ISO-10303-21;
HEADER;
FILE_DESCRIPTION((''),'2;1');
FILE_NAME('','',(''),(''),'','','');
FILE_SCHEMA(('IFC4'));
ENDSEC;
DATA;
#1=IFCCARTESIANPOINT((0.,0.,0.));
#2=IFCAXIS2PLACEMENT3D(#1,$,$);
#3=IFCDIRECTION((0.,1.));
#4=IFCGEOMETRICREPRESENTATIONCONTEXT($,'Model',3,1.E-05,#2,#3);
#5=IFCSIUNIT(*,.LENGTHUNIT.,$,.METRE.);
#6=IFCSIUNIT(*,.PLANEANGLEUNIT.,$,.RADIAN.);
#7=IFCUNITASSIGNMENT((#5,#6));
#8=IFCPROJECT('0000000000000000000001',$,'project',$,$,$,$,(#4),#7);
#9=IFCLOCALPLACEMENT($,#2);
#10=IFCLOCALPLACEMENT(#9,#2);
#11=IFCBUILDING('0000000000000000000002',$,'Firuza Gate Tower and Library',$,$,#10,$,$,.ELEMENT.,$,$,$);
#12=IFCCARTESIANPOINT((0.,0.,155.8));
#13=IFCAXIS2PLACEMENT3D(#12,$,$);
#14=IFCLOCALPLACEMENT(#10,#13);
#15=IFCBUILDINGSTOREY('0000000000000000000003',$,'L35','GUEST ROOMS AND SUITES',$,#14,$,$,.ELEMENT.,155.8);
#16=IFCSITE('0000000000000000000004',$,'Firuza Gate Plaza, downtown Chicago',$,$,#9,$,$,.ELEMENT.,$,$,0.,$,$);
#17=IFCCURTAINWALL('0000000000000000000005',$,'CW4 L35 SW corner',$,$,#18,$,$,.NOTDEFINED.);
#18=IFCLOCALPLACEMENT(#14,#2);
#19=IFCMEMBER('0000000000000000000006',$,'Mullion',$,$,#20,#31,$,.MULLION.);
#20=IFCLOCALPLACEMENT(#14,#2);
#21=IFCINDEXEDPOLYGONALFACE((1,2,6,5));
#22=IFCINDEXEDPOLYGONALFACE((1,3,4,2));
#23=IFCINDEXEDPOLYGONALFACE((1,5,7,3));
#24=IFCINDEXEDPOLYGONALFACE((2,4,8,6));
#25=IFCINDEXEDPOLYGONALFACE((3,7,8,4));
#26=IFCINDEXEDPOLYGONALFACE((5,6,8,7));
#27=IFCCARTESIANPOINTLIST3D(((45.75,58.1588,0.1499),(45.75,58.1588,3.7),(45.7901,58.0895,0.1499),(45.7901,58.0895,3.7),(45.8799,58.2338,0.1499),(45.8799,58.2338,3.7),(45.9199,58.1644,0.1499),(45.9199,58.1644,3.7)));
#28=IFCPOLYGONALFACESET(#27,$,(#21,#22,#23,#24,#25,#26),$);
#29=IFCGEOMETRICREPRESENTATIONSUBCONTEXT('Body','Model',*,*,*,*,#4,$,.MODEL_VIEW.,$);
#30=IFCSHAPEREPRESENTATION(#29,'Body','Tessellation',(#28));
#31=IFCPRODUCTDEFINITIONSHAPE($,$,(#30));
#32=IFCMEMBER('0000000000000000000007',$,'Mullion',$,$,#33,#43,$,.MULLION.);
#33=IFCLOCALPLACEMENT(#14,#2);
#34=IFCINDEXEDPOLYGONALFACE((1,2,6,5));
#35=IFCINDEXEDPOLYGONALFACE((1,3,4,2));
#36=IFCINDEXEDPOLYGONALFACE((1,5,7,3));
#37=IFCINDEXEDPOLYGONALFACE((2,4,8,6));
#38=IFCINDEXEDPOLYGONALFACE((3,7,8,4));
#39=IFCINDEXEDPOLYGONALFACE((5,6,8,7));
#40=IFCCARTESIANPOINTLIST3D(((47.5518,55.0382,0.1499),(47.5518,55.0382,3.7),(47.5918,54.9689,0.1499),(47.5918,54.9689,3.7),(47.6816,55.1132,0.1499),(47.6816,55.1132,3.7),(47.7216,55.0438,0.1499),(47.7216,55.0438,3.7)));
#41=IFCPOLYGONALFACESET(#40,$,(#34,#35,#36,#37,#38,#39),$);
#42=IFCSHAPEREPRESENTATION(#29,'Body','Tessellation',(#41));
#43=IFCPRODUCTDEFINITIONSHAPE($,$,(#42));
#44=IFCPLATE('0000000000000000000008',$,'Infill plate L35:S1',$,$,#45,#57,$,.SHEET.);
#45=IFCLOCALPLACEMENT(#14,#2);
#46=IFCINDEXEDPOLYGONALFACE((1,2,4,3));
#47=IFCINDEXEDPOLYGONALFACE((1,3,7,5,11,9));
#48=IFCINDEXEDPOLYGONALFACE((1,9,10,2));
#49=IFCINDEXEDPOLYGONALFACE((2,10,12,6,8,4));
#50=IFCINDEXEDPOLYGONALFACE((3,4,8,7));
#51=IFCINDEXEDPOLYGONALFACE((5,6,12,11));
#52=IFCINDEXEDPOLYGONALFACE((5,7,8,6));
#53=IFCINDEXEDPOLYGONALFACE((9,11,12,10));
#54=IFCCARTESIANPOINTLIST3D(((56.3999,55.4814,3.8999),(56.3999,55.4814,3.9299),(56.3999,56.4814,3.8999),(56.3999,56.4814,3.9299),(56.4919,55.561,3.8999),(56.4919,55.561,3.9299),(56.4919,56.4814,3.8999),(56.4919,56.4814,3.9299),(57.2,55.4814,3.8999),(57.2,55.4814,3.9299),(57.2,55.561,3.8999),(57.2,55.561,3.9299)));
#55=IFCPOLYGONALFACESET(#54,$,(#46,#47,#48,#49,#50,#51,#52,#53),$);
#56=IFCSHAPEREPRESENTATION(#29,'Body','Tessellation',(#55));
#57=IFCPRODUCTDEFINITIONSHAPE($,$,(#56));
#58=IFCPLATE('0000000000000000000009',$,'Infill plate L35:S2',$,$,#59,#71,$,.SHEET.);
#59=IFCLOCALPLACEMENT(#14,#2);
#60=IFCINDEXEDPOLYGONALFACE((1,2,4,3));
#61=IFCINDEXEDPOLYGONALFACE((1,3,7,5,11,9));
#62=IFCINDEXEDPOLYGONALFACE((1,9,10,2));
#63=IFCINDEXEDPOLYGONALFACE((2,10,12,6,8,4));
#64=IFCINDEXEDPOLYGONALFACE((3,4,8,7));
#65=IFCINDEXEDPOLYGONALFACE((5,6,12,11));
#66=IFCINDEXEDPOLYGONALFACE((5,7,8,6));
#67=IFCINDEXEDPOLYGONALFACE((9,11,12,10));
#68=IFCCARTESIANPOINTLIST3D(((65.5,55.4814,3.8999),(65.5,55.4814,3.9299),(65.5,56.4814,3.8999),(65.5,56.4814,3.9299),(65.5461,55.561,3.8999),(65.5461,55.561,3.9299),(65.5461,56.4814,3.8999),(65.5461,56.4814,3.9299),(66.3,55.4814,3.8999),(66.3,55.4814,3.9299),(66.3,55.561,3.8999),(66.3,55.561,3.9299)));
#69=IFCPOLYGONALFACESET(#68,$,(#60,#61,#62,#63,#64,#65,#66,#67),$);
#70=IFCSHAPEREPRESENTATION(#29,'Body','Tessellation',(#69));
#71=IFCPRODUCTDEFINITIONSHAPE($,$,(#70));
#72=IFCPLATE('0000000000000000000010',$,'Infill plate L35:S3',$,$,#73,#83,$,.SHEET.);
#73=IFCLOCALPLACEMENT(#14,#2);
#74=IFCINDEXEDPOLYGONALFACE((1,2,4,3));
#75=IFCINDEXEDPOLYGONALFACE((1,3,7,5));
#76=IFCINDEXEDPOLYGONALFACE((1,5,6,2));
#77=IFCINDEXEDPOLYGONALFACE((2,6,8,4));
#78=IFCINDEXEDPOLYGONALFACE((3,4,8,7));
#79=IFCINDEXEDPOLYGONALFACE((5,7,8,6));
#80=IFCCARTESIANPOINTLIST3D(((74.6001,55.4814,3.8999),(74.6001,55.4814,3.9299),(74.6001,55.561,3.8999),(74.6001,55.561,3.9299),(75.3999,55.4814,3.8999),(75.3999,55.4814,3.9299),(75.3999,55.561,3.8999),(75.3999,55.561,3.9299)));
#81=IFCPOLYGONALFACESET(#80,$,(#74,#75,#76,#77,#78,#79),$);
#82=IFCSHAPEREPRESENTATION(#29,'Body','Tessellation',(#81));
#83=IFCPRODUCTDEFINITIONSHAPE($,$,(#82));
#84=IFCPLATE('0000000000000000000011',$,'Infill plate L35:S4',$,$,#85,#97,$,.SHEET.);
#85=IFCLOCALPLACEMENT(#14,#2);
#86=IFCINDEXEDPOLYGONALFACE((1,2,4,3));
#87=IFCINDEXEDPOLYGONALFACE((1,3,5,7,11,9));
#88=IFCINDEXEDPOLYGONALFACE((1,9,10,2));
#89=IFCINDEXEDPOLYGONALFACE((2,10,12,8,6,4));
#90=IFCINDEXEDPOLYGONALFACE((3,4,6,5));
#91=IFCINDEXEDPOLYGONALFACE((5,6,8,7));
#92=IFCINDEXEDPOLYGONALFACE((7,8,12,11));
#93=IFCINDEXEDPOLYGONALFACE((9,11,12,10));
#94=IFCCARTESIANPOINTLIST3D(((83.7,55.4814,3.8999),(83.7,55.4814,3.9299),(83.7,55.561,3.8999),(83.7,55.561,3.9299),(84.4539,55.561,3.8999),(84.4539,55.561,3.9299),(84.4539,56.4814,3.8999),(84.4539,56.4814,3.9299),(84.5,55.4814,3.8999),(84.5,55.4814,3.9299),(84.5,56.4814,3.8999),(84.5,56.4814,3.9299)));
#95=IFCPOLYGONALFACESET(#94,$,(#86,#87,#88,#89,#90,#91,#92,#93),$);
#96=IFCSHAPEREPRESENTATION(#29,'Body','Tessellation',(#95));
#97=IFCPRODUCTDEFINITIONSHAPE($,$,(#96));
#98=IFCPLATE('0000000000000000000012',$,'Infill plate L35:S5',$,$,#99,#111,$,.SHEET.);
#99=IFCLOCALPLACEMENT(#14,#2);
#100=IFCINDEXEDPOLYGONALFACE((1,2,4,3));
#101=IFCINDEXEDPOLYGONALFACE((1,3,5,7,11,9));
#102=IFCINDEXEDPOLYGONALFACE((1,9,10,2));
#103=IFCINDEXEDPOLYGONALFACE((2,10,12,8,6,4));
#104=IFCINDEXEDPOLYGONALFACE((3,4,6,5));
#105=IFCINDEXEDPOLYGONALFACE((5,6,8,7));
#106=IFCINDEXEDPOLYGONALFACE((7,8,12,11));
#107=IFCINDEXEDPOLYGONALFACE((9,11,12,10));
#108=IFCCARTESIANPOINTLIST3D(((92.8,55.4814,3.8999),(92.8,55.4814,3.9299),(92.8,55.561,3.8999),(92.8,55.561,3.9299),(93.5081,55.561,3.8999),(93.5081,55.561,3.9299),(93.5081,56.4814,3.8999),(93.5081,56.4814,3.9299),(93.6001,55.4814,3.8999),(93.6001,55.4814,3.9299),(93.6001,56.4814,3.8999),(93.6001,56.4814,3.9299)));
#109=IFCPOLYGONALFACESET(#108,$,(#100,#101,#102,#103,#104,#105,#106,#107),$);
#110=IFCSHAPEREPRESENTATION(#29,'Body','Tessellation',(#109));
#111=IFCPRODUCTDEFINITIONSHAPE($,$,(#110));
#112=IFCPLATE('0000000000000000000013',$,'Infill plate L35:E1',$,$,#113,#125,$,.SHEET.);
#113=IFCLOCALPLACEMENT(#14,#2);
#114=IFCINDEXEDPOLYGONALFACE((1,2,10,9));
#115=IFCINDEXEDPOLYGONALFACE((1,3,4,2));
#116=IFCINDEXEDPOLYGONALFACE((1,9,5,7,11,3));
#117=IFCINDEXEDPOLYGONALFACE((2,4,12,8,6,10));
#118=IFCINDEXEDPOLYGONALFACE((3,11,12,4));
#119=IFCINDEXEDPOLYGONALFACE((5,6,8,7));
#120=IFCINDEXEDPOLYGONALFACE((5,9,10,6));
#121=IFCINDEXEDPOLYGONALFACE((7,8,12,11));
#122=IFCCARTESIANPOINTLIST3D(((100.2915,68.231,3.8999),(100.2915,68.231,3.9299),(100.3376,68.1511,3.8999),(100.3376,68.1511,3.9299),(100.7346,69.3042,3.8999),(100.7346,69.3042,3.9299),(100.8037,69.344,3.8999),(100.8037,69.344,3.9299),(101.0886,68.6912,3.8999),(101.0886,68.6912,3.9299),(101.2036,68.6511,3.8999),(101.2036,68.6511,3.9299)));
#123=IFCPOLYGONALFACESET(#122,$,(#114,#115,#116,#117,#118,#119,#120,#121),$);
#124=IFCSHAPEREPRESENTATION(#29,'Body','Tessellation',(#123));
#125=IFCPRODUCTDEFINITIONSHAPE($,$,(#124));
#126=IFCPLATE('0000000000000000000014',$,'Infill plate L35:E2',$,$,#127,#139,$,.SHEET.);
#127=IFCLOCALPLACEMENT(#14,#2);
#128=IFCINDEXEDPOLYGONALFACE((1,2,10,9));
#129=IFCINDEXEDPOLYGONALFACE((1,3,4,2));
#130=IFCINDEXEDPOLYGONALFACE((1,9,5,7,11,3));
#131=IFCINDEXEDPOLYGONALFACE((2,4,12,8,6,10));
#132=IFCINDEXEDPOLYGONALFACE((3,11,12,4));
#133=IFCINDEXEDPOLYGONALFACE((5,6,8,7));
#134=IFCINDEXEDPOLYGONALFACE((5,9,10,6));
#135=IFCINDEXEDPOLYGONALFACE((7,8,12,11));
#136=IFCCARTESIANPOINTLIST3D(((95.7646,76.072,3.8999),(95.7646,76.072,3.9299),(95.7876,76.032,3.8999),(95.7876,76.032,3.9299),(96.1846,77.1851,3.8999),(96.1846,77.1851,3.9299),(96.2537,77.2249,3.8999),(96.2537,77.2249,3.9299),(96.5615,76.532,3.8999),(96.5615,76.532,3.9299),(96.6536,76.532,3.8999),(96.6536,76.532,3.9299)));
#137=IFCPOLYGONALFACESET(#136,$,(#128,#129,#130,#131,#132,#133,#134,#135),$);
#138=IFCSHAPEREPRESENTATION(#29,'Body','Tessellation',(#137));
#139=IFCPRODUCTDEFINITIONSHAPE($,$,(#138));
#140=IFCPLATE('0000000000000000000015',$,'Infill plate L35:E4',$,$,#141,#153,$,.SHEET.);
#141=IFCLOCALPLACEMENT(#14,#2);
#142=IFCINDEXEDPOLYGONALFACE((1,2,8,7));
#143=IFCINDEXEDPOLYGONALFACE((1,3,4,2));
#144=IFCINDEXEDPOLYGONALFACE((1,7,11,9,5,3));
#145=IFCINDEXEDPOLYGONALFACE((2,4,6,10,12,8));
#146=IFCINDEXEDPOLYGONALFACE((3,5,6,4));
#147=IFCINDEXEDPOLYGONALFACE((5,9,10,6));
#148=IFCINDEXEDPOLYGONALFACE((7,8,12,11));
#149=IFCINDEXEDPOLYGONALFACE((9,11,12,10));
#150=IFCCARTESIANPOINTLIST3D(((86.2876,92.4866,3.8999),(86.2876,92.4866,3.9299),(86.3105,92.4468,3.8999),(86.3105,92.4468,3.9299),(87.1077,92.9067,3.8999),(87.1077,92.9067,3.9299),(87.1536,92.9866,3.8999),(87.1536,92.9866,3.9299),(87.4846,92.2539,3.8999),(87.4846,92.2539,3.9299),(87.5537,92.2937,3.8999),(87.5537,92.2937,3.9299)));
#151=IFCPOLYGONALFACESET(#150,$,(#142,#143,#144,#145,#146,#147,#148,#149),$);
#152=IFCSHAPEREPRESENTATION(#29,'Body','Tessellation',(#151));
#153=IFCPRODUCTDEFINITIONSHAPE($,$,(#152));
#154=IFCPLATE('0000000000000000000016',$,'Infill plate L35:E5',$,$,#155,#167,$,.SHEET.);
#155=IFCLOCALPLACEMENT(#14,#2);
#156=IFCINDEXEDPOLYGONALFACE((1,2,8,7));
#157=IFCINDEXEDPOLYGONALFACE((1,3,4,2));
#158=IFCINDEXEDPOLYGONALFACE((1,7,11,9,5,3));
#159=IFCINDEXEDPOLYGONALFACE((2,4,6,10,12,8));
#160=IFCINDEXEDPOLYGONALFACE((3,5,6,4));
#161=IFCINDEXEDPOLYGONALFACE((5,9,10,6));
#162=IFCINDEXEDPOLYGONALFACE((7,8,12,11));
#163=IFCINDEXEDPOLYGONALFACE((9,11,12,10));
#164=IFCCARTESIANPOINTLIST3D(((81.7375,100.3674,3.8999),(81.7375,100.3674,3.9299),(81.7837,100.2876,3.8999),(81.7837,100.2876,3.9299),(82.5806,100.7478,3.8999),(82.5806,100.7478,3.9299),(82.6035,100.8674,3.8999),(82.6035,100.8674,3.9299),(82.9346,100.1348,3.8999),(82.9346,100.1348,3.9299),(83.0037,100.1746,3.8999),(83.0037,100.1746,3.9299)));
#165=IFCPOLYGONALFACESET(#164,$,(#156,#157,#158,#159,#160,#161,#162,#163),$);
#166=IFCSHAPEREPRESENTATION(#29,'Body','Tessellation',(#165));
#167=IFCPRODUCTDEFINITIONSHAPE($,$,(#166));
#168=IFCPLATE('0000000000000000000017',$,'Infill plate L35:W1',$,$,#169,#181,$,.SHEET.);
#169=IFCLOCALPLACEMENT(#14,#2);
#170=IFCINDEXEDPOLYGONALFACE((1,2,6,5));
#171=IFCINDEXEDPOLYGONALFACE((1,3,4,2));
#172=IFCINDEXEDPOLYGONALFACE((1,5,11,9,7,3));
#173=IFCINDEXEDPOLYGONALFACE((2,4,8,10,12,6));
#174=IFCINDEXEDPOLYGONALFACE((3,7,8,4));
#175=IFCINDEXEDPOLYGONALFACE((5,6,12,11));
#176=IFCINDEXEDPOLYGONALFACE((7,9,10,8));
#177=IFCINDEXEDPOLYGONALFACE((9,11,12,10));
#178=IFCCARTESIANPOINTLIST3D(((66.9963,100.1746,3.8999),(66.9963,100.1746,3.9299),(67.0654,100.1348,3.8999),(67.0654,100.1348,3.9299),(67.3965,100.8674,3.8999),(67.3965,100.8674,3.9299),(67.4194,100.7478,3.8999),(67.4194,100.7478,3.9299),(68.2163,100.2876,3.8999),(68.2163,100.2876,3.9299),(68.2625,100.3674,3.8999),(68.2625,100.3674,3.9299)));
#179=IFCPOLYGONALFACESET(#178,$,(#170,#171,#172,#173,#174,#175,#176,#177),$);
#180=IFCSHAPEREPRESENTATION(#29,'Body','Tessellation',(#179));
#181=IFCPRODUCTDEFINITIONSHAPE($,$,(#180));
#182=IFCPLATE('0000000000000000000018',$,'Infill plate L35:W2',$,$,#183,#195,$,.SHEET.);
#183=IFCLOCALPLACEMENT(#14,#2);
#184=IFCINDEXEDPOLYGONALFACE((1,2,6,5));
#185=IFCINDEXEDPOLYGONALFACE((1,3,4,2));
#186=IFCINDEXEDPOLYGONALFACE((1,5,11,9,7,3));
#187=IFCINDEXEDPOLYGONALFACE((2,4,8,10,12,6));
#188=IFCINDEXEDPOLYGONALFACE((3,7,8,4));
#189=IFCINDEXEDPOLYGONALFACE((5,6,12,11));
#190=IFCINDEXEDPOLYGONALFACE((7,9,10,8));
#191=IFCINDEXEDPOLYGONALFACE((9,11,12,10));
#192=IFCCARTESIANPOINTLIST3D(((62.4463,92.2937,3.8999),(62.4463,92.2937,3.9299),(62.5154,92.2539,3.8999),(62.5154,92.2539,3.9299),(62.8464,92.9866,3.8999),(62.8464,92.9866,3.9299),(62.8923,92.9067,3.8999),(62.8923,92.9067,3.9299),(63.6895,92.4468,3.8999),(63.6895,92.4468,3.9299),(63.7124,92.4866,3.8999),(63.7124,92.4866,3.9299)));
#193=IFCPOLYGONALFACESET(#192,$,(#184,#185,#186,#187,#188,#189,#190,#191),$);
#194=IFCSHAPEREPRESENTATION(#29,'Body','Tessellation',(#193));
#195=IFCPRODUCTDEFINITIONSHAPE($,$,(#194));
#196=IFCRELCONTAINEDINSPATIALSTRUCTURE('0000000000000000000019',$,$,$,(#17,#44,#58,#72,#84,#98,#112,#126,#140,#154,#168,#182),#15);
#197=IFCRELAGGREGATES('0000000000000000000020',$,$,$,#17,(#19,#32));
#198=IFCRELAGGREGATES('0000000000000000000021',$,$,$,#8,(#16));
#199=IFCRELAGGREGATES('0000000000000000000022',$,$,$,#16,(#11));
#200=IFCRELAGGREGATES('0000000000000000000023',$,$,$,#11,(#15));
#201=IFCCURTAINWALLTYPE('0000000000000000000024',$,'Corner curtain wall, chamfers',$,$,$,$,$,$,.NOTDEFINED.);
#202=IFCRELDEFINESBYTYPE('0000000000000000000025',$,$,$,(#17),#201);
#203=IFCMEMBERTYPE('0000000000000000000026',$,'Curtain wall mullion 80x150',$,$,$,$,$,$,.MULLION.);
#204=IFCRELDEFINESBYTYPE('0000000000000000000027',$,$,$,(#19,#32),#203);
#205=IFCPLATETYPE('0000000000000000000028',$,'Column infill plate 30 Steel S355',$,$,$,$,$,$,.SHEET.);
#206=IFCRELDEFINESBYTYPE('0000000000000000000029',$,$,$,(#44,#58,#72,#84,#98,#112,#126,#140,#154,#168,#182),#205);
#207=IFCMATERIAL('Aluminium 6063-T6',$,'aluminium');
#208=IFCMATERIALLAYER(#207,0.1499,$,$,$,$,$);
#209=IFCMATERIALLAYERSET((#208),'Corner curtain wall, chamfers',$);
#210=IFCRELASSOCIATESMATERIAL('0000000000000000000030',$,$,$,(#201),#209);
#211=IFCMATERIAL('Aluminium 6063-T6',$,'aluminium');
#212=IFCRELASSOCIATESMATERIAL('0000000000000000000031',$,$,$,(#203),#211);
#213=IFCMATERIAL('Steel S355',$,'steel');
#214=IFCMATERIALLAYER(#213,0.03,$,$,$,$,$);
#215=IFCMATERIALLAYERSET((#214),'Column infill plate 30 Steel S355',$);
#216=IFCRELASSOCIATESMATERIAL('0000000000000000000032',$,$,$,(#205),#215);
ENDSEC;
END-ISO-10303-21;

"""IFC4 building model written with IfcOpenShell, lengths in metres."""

from ifc_helpers import new_model, si_unit, direction, frame, origin, origin_2d, place, context, subcontext, project, spatial, polyline, rectangle, outline, extrude, material, layer, layer_set, material_profile, profile_set, type_object, element, aggregate, save


model = new_model("IFC4")

# Units and contexts
model_context = context("Model", 3, precision=1e-05, world=origin(), true_north=direction((0.0, 1.0)))
body_context = subcontext(model_context, "Body", "Model", "MODEL_VIEW")
ifc_project = project(units=[si_unit("LENGTHUNIT", "METRE"), si_unit("PLANEANGLEUNIT", "RADIAN")], contexts=[model_context])

# Site, building, storey
site_placement = place(None, origin())
site = spatial("IfcSite", under=ifc_project, at=site_placement, Name="Firuza Gate Plaza, downtown Chicago", CompositionType="ELEMENT", RefElevation=0.0)
building_placement = place(site_placement, origin())
building = spatial("IfcBuilding", under=site, at=building_placement, Name="Firuza Gate Tower and Library", CompositionType="ELEMENT")
storey_placement = place(building_placement, frame((0.0, 0.0, 155.8)))
storey = spatial("IfcBuildingStorey", under=building, at=storey_placement, Name="L35", Description="GUEST ROOMS AND SUITES", CompositionType="ELEMENT", Elevation=155.8)

# Curtain wall, members
ifc_material_1 = material(Name="Aluminium 6063-T6", Category="aluminium")
ifc_layer_1 = layer(ifc_material_1, 0.1499)
ifc_layer_set_1 = layer_set([ifc_layer_1], Name="Corner curtain wall, chamfers")
curtain_wall_type = type_object("IfcCurtainWallType", Name="Corner curtain wall, chamfers", PredefinedType="NOTDEFINED", material=ifc_layer_set_1)
placement_1 = place(storey_placement, origin())
curtain_wall = element("IfcCurtainWall", 1, at=placement_1, inside=storey, type_object=curtain_wall_type, Name="CW4 L35 SW corner", PredefinedType="NOTDEFINED")
ifc_material_2 = material(Name="Aluminium 6063-T6", Category="aluminium")
ifc_material_profile = material_profile(ifc_material_2, rectangle(XDim=0.1499, YDim=0.0801, at=origin_2d()))
ifc_profile_set = profile_set([ifc_material_profile], Name="Aluminium 6063-T6")
member_type = type_object("IfcMemberType", Name="Curtain wall mullion 80x150", PredefinedType="MULLION", material=ifc_profile_set)
member_1_placement = place(storey_placement, frame((45.835, 58.1616, 0.1499), z_axis=(0.0, 0.0, 1.0), x_axis=(0.866025, 0.5, 0.0)))
member_1 = element("IfcMember", 2, at=member_1_placement, type_object=member_type, Name="Mullion", PredefinedType="MULLION", context=body_context, shape_type="SweptSolid", body=[
    extrude(rectangle(XDim=0.1499, YDim=0.0801, at=origin_2d()), origin(), (0.0, 0.0, 1.0), 3.55),
])
member_2_placement = place(storey_placement, frame((47.6367, 55.041, 0.1499), z_axis=(0.0, 0.0, 1.0), x_axis=(0.866025, 0.5, 0.0)))
member_2 = element("IfcMember", 3, at=member_2_placement, type_object=member_type, Name="Mullion", PredefinedType="MULLION", context=body_context, shape_type="SweptSolid", body=[
    extrude(rectangle(XDim=0.1499, YDim=0.0801, at=origin_2d()), origin(), (0.0, 0.0, 1.0), 3.55),
])

# Plates
ifc_material_3 = material(Name="Steel S355", Category="steel")
ifc_layer_2 = layer(ifc_material_3, 0.03)
ifc_layer_set_2 = layer_set([ifc_layer_2], Name="Column infill plate 30 Steel S355")
plate_type_1 = type_object("IfcPlateType", Name="Column infill plate 30 Steel S355", PredefinedType="SHEET", material=ifc_layer_set_2)
placement_2 = place(storey_placement, frame((0.0, 0.0, 3.8999)))
element("IfcPlate", 4, at=placement_2, inside=storey, type_object=plate_type_1, Name="Infill plate L35:S1", PredefinedType="SHEET", context=body_context, shape_type="SweptSolid", body=[
    extrude(outline(polyline([(57.2, 55.4814), (57.2, 55.561), (56.4919, 55.561), (56.4919, 56.4814), (56.3999, 56.4814), (56.3999, 55.4814), (57.2, 55.4814)])), origin(), (0.0, 0.0, 1.0), 0.03),
])
element("IfcPlate", 5, at=placement_2, inside=storey, type_object=plate_type_1, Name="Infill plate L35:S2", PredefinedType="SHEET", context=body_context, shape_type="SweptSolid", body=[
    extrude(outline(polyline([(66.3, 55.4814), (66.3, 55.561), (65.5461, 55.561), (65.5461, 56.4814), (65.5, 56.4814), (65.5, 55.4814), (66.3, 55.4814)])), origin(), (0.0, 0.0, 1.0), 0.03),
])
element("IfcPlate", 6, at=placement_2, inside=storey, type_object=plate_type_1, Name="Infill plate L35:S3", PredefinedType="SHEET", context=body_context, shape_type="SweptSolid", body=[
    extrude(outline(polyline([(75.3999, 55.4814), (75.3999, 55.561), (74.6001, 55.561), (74.6001, 55.4814), (75.3999, 55.4814)])), origin(), (0.0, 0.0, 1.0), 0.03),
])
element("IfcPlate", 7, at=placement_2, inside=storey, type_object=plate_type_1, Name="Infill plate L35:S4", PredefinedType="SHEET", context=body_context, shape_type="SweptSolid", body=[
    extrude(outline(polyline([(84.5, 56.4814), (84.4539, 56.4814), (84.4539, 55.561), (83.7, 55.561), (83.7, 55.4814), (84.5, 55.4814), (84.5, 56.4814)])), origin(), (0.0, 0.0, 1.0), 0.03),
])
element("IfcPlate", 8, at=placement_2, inside=storey, type_object=plate_type_1, Name="Infill plate L35:S5", PredefinedType="SHEET", context=body_context, shape_type="SweptSolid", body=[
    extrude(outline(polyline([(93.6001, 56.4814), (93.5081, 56.4814), (93.5081, 55.561), (92.8, 55.561), (92.8, 55.4814), (93.6001, 55.4814), (93.6001, 56.4814)])), origin(), (0.0, 0.0, 1.0), 0.03),
])
element("IfcPlate", 9, at=placement_2, inside=storey, type_object=plate_type_1, Name="Infill plate L35:E1", PredefinedType="SHEET", context=body_context, shape_type="SweptSolid", body=[
    extrude(outline(polyline([(100.8037, 69.344), (100.7346, 69.3042), (101.0886, 68.6912), (100.2915, 68.231), (100.3376, 68.1511), (101.2036, 68.6511), (100.8037, 69.344)])), origin(), (0.0, 0.0, 1.0), 0.03),
])
element("IfcPlate", 10, at=placement_2, inside=storey, type_object=plate_type_1, Name="Infill plate L35:E2", PredefinedType="SHEET", context=body_context, shape_type="SweptSolid", body=[
    extrude(outline(polyline([(96.2537, 77.2249), (96.1846, 77.1851), (96.5615, 76.532), (95.7646, 76.072), (95.7876, 76.032), (96.6536, 76.532), (96.2537, 77.2249)])), origin(), (0.0, 0.0, 1.0), 0.03),
])
element("IfcPlate", 11, at=placement_2, inside=storey, type_object=plate_type_1, Name="Infill plate L35:E4", PredefinedType="SHEET", context=body_context, shape_type="SweptSolid", body=[
    extrude(outline(polyline([(86.2876, 92.4866), (86.3105, 92.4468), (87.1077, 92.9067), (87.4846, 92.2539), (87.5537, 92.2937), (87.1536, 92.9866), (86.2876, 92.4866)])), origin(), (0.0, 0.0, 1.0), 0.03),
])
element("IfcPlate", 12, at=placement_2, inside=storey, type_object=plate_type_1, Name="Infill plate L35:E5", PredefinedType="SHEET", context=body_context, shape_type="SweptSolid", body=[
    extrude(outline(polyline([(81.7375, 100.3674), (81.7837, 100.2876), (82.5806, 100.7478), (82.9346, 100.1348), (83.0037, 100.1746), (82.6035, 100.8674), (81.7375, 100.3674)])), origin(), (0.0, 0.0, 1.0), 0.03),
])
element("IfcPlate", 13, at=placement_2, inside=storey, type_object=plate_type_1, Name="Infill plate L35:W1", PredefinedType="SHEET", context=body_context, shape_type="SweptSolid", body=[
    extrude(outline(polyline([(66.9963, 100.1746), (67.0654, 100.1348), (67.4194, 100.7478), (68.2163, 100.2876), (68.2625, 100.3674), (67.3965, 100.8674), (66.9963, 100.1746)])), origin(), (0.0, 0.0, 1.0), 0.03),
])
element("IfcPlate", 14, at=placement_2, inside=storey, type_object=plate_type_1, Name="Infill plate L35:W2", PredefinedType="SHEET", context=body_context, shape_type="SweptSolid", body=[
    extrude(outline(polyline([(62.4463, 92.2937), (62.5154, 92.2539), (62.8923, 92.9067), (63.6895, 92.4468), (63.7124, 92.4866), (62.8464, 92.9866), (62.4463, 92.2937)])), origin(), (0.0, 0.0, 1.0), 0.03),
])

aggregate(curtain_wall, [member_1, member_2])

save(model, "model.ifc")
